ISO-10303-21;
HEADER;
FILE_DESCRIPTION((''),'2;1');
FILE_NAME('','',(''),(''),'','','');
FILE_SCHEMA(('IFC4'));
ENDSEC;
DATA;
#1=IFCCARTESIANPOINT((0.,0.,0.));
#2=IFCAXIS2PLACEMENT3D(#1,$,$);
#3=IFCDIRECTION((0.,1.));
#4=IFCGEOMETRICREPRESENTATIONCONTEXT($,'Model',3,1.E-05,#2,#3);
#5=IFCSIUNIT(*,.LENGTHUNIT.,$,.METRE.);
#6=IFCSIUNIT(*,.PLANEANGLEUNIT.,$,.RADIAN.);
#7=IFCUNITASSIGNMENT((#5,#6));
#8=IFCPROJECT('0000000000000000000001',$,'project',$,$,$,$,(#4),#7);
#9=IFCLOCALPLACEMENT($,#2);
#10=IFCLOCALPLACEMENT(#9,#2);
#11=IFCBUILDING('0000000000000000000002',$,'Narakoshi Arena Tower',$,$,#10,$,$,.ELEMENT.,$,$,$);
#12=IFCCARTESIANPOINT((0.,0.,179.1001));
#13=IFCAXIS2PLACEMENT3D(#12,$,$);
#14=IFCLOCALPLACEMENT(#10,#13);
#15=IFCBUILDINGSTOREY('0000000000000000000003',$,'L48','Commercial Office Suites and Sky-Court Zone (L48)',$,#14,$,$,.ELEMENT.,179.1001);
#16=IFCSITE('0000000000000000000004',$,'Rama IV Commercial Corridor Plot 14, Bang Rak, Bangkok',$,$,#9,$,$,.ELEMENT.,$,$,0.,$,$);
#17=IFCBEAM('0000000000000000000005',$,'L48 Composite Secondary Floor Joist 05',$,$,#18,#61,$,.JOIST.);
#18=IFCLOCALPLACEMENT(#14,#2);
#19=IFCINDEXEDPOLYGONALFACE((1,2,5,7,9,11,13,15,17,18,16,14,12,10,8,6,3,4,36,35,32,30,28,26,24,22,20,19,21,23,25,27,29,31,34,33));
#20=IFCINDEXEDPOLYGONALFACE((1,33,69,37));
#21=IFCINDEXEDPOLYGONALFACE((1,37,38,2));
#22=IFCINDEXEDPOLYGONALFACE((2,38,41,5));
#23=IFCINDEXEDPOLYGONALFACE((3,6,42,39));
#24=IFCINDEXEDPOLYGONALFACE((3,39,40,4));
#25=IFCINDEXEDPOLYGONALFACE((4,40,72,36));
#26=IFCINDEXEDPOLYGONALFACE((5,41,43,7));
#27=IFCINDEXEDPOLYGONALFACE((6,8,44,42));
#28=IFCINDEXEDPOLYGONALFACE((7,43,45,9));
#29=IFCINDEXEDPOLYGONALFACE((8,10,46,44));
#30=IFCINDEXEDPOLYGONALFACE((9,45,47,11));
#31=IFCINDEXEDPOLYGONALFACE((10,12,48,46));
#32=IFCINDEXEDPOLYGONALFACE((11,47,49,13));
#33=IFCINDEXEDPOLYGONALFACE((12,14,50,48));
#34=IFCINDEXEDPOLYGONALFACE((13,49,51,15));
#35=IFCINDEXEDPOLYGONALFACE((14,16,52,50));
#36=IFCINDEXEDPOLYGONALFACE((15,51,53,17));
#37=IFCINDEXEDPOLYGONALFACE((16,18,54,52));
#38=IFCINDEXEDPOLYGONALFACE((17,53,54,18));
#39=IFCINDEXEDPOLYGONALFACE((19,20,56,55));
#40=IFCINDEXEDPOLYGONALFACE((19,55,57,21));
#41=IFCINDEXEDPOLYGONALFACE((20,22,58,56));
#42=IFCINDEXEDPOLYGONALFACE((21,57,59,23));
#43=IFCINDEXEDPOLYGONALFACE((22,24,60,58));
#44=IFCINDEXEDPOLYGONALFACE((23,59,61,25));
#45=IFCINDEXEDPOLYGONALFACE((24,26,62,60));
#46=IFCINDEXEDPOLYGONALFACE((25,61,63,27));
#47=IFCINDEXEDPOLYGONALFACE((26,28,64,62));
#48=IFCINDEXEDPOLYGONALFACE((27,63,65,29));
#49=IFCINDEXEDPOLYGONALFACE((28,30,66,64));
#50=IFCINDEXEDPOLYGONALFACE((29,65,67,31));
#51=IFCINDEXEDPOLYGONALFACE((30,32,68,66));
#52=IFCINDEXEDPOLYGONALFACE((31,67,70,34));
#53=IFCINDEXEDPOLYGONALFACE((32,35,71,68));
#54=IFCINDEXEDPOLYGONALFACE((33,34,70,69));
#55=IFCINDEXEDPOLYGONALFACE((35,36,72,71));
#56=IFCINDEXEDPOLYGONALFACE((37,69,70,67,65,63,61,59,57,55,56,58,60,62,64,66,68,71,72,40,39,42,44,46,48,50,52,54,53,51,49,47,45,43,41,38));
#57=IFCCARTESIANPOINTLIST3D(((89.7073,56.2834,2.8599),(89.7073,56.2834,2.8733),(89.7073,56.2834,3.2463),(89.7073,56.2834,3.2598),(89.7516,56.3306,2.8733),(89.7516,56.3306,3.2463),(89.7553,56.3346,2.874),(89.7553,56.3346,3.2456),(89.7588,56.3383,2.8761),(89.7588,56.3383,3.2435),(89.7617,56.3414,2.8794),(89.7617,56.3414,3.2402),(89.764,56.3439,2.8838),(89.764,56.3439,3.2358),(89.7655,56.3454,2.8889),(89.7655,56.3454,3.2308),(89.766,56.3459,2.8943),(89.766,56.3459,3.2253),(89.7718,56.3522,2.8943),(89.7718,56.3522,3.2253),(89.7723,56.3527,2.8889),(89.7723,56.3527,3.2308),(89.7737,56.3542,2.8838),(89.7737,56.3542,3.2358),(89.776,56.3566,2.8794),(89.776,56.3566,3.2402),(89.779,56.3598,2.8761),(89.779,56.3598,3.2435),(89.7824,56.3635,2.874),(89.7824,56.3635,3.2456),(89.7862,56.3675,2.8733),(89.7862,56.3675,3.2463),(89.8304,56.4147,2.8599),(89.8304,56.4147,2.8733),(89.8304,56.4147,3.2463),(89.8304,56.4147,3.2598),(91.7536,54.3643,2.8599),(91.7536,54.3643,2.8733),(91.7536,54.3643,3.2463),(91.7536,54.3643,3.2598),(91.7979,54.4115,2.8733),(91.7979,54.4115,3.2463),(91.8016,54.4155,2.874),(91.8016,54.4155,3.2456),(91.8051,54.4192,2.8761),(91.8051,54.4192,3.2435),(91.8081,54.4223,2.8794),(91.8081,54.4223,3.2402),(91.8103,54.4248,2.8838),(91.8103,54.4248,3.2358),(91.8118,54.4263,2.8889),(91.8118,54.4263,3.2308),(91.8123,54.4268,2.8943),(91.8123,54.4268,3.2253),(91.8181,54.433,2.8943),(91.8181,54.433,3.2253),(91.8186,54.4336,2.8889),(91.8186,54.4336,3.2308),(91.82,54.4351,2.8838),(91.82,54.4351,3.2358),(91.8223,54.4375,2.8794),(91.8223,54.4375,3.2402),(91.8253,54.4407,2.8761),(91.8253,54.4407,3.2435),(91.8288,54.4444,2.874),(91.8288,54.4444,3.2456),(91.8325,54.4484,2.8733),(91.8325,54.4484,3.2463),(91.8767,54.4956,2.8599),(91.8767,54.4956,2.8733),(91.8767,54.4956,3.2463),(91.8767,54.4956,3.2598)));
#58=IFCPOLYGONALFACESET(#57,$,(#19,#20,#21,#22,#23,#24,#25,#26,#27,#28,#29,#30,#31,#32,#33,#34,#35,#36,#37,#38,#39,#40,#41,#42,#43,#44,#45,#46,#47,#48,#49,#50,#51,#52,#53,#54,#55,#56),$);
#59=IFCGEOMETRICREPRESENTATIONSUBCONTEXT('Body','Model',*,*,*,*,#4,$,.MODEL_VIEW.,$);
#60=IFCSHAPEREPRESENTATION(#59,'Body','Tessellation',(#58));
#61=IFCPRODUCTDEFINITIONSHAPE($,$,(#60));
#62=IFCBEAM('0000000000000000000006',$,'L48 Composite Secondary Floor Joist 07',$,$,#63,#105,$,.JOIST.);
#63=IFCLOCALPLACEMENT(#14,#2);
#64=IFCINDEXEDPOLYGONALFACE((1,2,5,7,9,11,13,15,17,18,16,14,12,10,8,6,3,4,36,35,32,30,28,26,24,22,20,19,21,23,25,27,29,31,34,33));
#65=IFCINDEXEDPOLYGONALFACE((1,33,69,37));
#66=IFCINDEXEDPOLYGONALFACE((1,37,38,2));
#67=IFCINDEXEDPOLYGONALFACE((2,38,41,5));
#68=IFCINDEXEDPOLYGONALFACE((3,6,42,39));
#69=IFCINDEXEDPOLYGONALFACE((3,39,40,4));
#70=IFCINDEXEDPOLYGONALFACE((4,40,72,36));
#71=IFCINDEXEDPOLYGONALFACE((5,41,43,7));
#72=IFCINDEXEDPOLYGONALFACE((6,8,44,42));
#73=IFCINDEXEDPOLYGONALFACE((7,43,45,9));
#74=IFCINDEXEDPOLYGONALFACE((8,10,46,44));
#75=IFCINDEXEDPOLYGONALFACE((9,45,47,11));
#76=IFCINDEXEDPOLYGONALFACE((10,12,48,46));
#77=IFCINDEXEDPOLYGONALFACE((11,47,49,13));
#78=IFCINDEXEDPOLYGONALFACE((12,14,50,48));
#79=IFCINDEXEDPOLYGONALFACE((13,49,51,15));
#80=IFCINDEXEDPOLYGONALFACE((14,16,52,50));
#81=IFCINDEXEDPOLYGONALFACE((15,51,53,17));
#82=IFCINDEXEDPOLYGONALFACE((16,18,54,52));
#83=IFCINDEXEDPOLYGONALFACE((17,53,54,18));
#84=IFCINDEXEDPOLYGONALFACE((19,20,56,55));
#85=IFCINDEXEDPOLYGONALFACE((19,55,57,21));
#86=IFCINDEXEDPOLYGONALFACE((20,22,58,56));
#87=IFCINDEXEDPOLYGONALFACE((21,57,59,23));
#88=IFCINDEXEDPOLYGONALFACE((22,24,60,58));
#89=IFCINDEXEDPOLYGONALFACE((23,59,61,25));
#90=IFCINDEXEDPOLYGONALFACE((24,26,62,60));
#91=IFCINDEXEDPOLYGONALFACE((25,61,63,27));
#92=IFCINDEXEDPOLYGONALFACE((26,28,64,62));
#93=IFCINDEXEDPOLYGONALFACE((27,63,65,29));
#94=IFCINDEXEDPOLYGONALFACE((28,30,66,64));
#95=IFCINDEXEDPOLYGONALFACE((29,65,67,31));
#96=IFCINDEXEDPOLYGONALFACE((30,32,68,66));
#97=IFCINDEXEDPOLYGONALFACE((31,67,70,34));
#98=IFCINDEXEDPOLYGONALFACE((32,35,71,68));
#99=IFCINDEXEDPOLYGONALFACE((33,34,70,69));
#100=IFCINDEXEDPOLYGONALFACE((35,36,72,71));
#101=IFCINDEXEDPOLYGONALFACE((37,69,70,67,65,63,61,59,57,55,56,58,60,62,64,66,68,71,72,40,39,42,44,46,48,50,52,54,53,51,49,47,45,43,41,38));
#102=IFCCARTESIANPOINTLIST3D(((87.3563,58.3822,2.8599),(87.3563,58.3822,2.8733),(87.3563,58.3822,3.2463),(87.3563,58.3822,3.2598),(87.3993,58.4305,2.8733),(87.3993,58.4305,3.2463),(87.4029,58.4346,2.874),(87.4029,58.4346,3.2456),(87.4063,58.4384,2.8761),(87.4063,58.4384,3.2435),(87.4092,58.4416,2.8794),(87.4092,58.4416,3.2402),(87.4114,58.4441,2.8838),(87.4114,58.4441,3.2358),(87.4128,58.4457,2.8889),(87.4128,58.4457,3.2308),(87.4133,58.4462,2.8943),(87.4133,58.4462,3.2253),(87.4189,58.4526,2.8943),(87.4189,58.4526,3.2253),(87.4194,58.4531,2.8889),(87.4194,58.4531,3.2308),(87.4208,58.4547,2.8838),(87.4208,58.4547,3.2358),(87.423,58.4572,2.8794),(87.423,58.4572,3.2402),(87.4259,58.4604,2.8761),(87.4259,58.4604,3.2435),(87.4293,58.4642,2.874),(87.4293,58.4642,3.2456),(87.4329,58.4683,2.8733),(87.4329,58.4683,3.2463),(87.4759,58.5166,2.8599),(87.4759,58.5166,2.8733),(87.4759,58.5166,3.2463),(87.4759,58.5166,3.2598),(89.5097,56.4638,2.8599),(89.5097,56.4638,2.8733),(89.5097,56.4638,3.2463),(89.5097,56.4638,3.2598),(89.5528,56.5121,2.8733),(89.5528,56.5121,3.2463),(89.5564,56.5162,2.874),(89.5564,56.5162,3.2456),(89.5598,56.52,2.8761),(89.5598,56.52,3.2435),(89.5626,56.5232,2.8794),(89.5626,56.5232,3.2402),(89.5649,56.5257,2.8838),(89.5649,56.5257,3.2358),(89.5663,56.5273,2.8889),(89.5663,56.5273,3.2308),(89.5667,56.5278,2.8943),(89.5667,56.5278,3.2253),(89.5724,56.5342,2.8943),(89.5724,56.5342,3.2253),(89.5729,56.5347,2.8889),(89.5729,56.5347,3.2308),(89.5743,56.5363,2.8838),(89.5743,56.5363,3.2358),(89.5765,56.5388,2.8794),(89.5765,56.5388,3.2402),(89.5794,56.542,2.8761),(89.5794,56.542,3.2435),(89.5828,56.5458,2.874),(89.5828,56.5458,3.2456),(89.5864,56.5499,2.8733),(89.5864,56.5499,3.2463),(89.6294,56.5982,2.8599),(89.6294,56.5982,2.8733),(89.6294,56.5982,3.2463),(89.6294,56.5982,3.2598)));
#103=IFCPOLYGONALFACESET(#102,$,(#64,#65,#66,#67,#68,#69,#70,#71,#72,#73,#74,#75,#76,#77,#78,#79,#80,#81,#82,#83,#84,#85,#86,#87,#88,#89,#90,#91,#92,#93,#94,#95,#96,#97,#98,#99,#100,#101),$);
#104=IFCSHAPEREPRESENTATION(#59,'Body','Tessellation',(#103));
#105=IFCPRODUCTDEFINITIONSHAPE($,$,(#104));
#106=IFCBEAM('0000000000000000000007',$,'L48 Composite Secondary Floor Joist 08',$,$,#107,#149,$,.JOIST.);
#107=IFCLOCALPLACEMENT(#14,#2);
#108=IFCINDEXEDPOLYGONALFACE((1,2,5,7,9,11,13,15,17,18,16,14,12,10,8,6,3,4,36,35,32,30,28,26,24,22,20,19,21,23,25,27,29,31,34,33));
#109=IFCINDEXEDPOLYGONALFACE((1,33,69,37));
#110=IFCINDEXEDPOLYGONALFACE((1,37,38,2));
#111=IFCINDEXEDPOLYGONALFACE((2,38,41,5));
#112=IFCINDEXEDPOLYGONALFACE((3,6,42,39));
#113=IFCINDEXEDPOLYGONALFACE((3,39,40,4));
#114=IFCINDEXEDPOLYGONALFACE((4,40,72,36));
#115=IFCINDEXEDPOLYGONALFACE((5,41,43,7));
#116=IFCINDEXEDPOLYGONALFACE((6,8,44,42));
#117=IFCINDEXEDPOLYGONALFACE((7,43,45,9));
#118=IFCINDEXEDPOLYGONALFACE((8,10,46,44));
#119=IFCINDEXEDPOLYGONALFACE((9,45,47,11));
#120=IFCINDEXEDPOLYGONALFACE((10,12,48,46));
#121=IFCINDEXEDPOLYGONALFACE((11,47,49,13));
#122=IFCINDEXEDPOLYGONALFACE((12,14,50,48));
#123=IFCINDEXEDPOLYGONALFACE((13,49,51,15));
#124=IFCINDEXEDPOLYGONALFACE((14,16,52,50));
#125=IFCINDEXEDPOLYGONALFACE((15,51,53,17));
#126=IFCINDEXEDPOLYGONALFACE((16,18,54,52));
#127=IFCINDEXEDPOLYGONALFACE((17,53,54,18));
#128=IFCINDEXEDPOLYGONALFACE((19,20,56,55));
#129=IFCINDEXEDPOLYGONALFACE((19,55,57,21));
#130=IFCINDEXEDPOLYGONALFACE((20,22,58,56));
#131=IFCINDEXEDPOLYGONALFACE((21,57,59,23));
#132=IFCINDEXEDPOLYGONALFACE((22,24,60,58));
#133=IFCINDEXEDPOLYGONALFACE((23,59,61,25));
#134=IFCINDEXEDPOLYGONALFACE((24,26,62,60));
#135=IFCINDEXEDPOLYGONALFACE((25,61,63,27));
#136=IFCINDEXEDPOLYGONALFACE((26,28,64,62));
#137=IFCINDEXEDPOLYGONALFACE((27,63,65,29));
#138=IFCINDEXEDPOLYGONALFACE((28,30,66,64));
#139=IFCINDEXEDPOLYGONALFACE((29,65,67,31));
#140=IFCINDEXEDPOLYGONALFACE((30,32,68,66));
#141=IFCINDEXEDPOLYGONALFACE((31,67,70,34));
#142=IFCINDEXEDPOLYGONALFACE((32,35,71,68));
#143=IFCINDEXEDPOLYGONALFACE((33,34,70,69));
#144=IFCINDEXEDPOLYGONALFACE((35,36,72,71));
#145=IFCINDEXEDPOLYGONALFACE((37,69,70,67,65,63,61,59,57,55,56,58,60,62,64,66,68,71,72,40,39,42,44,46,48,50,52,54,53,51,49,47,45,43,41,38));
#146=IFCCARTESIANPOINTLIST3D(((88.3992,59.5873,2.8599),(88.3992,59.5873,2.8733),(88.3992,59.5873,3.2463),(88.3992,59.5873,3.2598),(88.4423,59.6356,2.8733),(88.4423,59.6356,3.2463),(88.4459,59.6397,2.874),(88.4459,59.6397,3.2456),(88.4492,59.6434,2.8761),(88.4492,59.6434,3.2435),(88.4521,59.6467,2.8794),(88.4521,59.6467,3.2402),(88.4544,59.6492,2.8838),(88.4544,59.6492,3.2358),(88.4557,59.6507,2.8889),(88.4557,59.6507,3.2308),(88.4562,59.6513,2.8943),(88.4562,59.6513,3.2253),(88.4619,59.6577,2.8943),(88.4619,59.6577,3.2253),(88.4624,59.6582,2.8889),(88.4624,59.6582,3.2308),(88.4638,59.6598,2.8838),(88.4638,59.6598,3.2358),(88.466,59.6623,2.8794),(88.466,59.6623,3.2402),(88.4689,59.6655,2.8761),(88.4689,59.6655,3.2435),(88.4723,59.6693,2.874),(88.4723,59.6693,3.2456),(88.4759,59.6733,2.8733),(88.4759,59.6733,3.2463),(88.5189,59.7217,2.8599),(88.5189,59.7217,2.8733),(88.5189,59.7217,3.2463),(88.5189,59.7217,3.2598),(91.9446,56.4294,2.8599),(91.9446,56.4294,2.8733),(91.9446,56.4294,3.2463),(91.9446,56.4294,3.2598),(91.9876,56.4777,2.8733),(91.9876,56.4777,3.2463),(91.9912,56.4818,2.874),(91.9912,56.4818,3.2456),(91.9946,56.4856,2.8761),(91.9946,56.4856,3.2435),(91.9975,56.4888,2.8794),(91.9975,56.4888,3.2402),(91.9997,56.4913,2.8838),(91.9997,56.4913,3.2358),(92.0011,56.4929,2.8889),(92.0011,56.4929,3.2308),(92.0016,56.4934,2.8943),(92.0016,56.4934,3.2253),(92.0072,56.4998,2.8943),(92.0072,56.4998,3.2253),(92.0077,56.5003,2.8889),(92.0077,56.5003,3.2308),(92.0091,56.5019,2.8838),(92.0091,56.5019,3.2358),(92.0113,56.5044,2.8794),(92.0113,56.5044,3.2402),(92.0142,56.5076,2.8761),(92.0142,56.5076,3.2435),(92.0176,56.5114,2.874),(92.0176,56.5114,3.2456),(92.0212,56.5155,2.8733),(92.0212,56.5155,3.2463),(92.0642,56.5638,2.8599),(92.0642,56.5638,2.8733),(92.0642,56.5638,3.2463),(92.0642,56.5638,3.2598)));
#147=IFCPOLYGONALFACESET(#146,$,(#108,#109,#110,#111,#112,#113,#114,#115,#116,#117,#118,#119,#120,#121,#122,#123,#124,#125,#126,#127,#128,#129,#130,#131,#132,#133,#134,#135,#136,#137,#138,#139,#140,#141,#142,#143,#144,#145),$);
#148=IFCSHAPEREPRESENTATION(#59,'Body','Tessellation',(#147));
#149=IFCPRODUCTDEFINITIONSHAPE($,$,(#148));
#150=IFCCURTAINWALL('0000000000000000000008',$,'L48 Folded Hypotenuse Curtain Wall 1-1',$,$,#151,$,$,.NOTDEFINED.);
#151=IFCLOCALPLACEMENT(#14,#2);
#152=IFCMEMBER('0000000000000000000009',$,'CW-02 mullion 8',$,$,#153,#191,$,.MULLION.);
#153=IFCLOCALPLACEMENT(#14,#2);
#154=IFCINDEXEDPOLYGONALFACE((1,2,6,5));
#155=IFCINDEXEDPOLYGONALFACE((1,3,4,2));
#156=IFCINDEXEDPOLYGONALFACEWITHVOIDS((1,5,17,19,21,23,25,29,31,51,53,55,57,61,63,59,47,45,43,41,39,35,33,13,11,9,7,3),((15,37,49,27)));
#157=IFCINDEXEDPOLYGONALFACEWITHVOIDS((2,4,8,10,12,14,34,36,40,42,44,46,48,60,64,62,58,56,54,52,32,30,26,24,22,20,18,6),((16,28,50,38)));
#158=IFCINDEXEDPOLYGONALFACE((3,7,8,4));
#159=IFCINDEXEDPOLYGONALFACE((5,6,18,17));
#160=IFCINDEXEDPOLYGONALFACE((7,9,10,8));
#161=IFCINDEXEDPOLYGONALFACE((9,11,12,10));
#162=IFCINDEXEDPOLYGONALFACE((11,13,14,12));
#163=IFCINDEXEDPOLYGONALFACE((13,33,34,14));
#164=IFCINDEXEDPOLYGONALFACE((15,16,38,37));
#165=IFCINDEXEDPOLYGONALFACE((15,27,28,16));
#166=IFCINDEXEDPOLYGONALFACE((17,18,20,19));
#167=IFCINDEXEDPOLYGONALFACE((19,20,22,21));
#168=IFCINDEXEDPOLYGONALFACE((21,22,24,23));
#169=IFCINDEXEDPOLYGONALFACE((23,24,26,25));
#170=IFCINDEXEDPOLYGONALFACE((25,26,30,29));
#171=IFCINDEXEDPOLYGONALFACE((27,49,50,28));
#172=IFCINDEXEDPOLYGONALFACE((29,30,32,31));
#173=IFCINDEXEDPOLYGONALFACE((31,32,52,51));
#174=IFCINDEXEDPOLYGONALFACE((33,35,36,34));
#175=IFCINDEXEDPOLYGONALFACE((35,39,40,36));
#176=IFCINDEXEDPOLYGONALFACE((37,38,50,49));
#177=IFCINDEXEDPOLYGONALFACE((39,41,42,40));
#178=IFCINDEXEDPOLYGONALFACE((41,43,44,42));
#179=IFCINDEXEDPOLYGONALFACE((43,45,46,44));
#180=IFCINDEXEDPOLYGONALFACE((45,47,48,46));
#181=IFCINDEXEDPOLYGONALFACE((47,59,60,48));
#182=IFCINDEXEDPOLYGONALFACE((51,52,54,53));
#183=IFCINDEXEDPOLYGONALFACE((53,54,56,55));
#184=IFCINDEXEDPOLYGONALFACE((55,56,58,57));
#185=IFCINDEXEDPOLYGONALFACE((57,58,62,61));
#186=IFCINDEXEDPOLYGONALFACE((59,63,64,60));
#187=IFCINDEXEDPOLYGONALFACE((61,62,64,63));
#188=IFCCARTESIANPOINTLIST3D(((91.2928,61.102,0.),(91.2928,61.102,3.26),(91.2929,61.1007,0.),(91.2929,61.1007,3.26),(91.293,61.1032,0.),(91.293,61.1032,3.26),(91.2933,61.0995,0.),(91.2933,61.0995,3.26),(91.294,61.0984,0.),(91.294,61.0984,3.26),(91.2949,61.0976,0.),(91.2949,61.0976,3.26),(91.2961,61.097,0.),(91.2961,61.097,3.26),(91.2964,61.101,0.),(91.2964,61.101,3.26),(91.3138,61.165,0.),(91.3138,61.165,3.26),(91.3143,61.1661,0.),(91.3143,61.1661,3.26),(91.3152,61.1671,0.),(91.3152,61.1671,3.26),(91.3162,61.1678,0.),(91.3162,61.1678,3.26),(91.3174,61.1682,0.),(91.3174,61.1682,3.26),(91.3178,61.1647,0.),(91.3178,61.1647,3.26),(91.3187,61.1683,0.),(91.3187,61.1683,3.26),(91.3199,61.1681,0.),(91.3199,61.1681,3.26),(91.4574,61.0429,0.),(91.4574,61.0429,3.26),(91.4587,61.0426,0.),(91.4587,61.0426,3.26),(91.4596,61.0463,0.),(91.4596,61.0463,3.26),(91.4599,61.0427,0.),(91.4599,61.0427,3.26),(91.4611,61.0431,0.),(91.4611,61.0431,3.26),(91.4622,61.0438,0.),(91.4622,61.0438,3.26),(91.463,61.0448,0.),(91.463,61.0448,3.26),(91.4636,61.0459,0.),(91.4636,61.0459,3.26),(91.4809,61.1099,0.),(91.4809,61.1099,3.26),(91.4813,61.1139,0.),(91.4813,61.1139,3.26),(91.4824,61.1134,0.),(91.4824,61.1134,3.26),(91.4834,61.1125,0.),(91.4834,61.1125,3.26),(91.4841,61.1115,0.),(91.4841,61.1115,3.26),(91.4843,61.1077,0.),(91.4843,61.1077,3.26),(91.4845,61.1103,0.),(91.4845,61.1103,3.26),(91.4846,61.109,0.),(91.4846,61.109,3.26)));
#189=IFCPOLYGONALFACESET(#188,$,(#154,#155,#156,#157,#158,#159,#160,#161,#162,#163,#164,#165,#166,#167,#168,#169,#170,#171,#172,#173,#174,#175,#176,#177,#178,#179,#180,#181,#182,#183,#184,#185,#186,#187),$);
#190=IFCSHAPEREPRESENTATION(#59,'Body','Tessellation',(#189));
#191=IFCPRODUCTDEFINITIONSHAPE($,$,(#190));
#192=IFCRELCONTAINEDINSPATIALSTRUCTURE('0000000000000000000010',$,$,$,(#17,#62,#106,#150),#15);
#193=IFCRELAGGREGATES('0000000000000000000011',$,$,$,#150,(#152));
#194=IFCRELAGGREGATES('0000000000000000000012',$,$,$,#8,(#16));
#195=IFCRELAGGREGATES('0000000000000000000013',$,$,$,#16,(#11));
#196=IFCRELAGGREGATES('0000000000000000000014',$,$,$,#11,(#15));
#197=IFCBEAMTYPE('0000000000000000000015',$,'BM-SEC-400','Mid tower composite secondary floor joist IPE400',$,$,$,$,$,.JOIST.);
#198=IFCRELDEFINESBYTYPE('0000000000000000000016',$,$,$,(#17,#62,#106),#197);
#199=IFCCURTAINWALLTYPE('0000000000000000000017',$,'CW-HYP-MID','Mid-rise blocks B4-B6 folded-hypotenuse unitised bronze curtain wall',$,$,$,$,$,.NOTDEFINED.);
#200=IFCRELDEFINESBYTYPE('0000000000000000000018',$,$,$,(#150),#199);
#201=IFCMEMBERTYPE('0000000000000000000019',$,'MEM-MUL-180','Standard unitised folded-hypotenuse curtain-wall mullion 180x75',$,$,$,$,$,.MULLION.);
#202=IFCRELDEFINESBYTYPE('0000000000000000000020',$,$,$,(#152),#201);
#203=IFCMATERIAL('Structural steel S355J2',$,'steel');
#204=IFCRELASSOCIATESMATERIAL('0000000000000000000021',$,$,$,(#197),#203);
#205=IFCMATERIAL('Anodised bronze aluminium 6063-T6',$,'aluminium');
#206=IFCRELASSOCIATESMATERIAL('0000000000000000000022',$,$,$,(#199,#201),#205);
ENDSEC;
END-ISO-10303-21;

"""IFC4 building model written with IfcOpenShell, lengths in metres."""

from ifc_helpers import new_model, si_unit, direction, frame, origin, origin_2d, place, context, subcontext, project, spatial, hollow_rectangle, i_section, extrude, material, material_profile, profile_set, type_object, element, aggregate, save


model = new_model("IFC4")

# Units and contexts
model_context = context("Model", 3, precision=1e-05, world=origin(), true_north=direction((0.0, 1.0)))
body_context = subcontext(model_context, "Body", "Model", "MODEL_VIEW")
ifc_project = project(units=[si_unit("LENGTHUNIT", "METRE"), si_unit("PLANEANGLEUNIT", "RADIAN")], contexts=[model_context])

# Site, building, storey
site_placement = place(None, origin())
site = spatial("IfcSite", under=ifc_project, at=site_placement, Name="Rama IV Commercial Corridor Plot 14, Bang Rak, Bangkok", CompositionType="ELEMENT", RefElevation=0.0)
building_placement = place(site_placement, origin())
building = spatial("IfcBuilding", under=site, at=building_placement, Name="Narakoshi Arena Tower", CompositionType="ELEMENT")
storey_placement = place(building_placement, frame((0.0, 0.0, 179.1001)))
storey = spatial("IfcBuildingStorey", under=building, at=storey_placement, Name="L48", Description="Commercial Office Suites and Sky-Court Zone (L48)", CompositionType="ELEMENT", Elevation=179.1001)

# Beams
ifc_material_1 = material(Name="Structural steel S355J2", Category="steel")
ifc_material_profile_1 = material_profile(ifc_material_1, i_section(OverallWidth=0.1799, OverallDepth=0.3999, WebThickness=0.0085, FlangeThickness=0.0134, FilletRadius=0.021, at=origin_2d()), Name="IPE400")
ifc_profile_set_1 = profile_set([ifc_material_profile_1], Name="Structural steel S355J2")
beam_type_1 = type_object("IfcBeamType", Name="BM-SEC-400", Description="Mid tower composite secondary floor joist IPE400", PredefinedType="JOIST", material=ifc_profile_set_1)
beam_1_placement = place(storey_placement, frame((91.8152, 54.4299, 3.0598), z_axis=(-0.729412, 0.684074, 0.0), x_axis=(-0.684074, -0.729412, 0.0)))
element("IfcBeam", 1, at=beam_1_placement, inside=storey, type_object=beam_type_1, Name="L48 Composite Secondary Floor Joist 05", PredefinedType="JOIST", context=body_context, shape_type="SweptSolid", body=[
    extrude(i_section(OverallWidth=0.1799, OverallDepth=0.3999, WebThickness=0.0085, FlangeThickness=0.0134, FilletRadius=0.021, at=origin_2d()), origin(), (0.0, 0.0, 1.0), 2.8054),
])
beam_2_placement = place(storey_placement, frame((89.5696, 56.531, 3.0598), z_axis=(-0.74669, 0.665173, 0.0), x_axis=(-0.665173, -0.74669, 0.0)))
element("IfcBeam", 2, at=beam_2_placement, inside=storey, type_object=beam_type_1, Name="L48 Composite Secondary Floor Joist 07", PredefinedType="JOIST", context=body_context, shape_type="SweptSolid", body=[
    extrude(i_section(OverallWidth=0.1799, OverallDepth=0.3999, WebThickness=0.0085, FlangeThickness=0.0134, FilletRadius=0.021, at=origin_2d()), origin(), (0.0, 0.0, 1.0), 2.884),
])
beam_3_placement = place(storey_placement, frame((92.0044, 56.4966, 3.0598), z_axis=(-0.746731, 0.665126, 0.0), x_axis=(-0.665126, -0.746731, 0.0)))
element("IfcBeam", 3, at=beam_3_placement, inside=storey, type_object=beam_type_1, Name="L48 Composite Secondary Floor Joist 08", PredefinedType="JOIST", context=body_context, shape_type="SweptSolid", body=[
    extrude(i_section(OverallWidth=0.1799, OverallDepth=0.3999, WebThickness=0.0085, FlangeThickness=0.0134, FilletRadius=0.021, at=origin_2d()), origin(), (0.0, 0.0, 1.0), 4.7478),
])

# Curtain wall, member
ifc_material_2 = material(Name="Anodised bronze aluminium 6063-T6", Category="aluminium")
curtain_wall_type = type_object("IfcCurtainWallType", Name="CW-HYP-MID", Description="Mid-rise blocks B4-B6 folded-hypotenuse unitised bronze curtain wall", PredefinedType="NOTDEFINED", material=ifc_material_2)
curtain_wall_1_placement = place(storey_placement, origin())
curtain_wall_1 = element("IfcCurtainWall", 4, at=curtain_wall_1_placement, inside=storey, type_object=curtain_wall_type, Name="L48 Folded Hypotenuse Curtain Wall 1-1", PredefinedType="NOTDEFINED")
ifc_material_profile_2 = material_profile(ifc_material_2, hollow_rectangle(XDim=0.075, YDim=0.1799, WallThickness=0.0039, OuterFilletRadius=0.0049, at=origin_2d()), Name="MUL180x75x4")
ifc_profile_set_2 = profile_set([ifc_material_profile_2], Name="Anodised bronze aluminium 6063-T6")
member_type_1 = type_object("IfcMemberType", Name="MEM-MUL-180", Description="Standard unitised folded-hypotenuse curtain-wall mullion 180x75", PredefinedType="MULLION", material=ifc_profile_set_2)
member_1_placement = place(storey_placement, frame((91.3887, 61.1055, 0.0), z_axis=(0.0, 0.0, 1.0), x_axis=(-0.318261, -0.948003, 0.0)))
member_1 = element("IfcMember", 5, at=member_1_placement, type_object=member_type_1, Name="CW-02 mullion 8", PredefinedType="MULLION", context=body_context, shape_type="SweptSolid", body=[
    extrude(hollow_rectangle(XDim=0.075, YDim=0.1799, WallThickness=0.0039, OuterFilletRadius=0.0049, at=origin_2d()), origin(), (0.0, 0.0, 1.0), 3.26),
])
aggregate(curtain_wall_1, [member_1])

save(model, "model.ifc")
